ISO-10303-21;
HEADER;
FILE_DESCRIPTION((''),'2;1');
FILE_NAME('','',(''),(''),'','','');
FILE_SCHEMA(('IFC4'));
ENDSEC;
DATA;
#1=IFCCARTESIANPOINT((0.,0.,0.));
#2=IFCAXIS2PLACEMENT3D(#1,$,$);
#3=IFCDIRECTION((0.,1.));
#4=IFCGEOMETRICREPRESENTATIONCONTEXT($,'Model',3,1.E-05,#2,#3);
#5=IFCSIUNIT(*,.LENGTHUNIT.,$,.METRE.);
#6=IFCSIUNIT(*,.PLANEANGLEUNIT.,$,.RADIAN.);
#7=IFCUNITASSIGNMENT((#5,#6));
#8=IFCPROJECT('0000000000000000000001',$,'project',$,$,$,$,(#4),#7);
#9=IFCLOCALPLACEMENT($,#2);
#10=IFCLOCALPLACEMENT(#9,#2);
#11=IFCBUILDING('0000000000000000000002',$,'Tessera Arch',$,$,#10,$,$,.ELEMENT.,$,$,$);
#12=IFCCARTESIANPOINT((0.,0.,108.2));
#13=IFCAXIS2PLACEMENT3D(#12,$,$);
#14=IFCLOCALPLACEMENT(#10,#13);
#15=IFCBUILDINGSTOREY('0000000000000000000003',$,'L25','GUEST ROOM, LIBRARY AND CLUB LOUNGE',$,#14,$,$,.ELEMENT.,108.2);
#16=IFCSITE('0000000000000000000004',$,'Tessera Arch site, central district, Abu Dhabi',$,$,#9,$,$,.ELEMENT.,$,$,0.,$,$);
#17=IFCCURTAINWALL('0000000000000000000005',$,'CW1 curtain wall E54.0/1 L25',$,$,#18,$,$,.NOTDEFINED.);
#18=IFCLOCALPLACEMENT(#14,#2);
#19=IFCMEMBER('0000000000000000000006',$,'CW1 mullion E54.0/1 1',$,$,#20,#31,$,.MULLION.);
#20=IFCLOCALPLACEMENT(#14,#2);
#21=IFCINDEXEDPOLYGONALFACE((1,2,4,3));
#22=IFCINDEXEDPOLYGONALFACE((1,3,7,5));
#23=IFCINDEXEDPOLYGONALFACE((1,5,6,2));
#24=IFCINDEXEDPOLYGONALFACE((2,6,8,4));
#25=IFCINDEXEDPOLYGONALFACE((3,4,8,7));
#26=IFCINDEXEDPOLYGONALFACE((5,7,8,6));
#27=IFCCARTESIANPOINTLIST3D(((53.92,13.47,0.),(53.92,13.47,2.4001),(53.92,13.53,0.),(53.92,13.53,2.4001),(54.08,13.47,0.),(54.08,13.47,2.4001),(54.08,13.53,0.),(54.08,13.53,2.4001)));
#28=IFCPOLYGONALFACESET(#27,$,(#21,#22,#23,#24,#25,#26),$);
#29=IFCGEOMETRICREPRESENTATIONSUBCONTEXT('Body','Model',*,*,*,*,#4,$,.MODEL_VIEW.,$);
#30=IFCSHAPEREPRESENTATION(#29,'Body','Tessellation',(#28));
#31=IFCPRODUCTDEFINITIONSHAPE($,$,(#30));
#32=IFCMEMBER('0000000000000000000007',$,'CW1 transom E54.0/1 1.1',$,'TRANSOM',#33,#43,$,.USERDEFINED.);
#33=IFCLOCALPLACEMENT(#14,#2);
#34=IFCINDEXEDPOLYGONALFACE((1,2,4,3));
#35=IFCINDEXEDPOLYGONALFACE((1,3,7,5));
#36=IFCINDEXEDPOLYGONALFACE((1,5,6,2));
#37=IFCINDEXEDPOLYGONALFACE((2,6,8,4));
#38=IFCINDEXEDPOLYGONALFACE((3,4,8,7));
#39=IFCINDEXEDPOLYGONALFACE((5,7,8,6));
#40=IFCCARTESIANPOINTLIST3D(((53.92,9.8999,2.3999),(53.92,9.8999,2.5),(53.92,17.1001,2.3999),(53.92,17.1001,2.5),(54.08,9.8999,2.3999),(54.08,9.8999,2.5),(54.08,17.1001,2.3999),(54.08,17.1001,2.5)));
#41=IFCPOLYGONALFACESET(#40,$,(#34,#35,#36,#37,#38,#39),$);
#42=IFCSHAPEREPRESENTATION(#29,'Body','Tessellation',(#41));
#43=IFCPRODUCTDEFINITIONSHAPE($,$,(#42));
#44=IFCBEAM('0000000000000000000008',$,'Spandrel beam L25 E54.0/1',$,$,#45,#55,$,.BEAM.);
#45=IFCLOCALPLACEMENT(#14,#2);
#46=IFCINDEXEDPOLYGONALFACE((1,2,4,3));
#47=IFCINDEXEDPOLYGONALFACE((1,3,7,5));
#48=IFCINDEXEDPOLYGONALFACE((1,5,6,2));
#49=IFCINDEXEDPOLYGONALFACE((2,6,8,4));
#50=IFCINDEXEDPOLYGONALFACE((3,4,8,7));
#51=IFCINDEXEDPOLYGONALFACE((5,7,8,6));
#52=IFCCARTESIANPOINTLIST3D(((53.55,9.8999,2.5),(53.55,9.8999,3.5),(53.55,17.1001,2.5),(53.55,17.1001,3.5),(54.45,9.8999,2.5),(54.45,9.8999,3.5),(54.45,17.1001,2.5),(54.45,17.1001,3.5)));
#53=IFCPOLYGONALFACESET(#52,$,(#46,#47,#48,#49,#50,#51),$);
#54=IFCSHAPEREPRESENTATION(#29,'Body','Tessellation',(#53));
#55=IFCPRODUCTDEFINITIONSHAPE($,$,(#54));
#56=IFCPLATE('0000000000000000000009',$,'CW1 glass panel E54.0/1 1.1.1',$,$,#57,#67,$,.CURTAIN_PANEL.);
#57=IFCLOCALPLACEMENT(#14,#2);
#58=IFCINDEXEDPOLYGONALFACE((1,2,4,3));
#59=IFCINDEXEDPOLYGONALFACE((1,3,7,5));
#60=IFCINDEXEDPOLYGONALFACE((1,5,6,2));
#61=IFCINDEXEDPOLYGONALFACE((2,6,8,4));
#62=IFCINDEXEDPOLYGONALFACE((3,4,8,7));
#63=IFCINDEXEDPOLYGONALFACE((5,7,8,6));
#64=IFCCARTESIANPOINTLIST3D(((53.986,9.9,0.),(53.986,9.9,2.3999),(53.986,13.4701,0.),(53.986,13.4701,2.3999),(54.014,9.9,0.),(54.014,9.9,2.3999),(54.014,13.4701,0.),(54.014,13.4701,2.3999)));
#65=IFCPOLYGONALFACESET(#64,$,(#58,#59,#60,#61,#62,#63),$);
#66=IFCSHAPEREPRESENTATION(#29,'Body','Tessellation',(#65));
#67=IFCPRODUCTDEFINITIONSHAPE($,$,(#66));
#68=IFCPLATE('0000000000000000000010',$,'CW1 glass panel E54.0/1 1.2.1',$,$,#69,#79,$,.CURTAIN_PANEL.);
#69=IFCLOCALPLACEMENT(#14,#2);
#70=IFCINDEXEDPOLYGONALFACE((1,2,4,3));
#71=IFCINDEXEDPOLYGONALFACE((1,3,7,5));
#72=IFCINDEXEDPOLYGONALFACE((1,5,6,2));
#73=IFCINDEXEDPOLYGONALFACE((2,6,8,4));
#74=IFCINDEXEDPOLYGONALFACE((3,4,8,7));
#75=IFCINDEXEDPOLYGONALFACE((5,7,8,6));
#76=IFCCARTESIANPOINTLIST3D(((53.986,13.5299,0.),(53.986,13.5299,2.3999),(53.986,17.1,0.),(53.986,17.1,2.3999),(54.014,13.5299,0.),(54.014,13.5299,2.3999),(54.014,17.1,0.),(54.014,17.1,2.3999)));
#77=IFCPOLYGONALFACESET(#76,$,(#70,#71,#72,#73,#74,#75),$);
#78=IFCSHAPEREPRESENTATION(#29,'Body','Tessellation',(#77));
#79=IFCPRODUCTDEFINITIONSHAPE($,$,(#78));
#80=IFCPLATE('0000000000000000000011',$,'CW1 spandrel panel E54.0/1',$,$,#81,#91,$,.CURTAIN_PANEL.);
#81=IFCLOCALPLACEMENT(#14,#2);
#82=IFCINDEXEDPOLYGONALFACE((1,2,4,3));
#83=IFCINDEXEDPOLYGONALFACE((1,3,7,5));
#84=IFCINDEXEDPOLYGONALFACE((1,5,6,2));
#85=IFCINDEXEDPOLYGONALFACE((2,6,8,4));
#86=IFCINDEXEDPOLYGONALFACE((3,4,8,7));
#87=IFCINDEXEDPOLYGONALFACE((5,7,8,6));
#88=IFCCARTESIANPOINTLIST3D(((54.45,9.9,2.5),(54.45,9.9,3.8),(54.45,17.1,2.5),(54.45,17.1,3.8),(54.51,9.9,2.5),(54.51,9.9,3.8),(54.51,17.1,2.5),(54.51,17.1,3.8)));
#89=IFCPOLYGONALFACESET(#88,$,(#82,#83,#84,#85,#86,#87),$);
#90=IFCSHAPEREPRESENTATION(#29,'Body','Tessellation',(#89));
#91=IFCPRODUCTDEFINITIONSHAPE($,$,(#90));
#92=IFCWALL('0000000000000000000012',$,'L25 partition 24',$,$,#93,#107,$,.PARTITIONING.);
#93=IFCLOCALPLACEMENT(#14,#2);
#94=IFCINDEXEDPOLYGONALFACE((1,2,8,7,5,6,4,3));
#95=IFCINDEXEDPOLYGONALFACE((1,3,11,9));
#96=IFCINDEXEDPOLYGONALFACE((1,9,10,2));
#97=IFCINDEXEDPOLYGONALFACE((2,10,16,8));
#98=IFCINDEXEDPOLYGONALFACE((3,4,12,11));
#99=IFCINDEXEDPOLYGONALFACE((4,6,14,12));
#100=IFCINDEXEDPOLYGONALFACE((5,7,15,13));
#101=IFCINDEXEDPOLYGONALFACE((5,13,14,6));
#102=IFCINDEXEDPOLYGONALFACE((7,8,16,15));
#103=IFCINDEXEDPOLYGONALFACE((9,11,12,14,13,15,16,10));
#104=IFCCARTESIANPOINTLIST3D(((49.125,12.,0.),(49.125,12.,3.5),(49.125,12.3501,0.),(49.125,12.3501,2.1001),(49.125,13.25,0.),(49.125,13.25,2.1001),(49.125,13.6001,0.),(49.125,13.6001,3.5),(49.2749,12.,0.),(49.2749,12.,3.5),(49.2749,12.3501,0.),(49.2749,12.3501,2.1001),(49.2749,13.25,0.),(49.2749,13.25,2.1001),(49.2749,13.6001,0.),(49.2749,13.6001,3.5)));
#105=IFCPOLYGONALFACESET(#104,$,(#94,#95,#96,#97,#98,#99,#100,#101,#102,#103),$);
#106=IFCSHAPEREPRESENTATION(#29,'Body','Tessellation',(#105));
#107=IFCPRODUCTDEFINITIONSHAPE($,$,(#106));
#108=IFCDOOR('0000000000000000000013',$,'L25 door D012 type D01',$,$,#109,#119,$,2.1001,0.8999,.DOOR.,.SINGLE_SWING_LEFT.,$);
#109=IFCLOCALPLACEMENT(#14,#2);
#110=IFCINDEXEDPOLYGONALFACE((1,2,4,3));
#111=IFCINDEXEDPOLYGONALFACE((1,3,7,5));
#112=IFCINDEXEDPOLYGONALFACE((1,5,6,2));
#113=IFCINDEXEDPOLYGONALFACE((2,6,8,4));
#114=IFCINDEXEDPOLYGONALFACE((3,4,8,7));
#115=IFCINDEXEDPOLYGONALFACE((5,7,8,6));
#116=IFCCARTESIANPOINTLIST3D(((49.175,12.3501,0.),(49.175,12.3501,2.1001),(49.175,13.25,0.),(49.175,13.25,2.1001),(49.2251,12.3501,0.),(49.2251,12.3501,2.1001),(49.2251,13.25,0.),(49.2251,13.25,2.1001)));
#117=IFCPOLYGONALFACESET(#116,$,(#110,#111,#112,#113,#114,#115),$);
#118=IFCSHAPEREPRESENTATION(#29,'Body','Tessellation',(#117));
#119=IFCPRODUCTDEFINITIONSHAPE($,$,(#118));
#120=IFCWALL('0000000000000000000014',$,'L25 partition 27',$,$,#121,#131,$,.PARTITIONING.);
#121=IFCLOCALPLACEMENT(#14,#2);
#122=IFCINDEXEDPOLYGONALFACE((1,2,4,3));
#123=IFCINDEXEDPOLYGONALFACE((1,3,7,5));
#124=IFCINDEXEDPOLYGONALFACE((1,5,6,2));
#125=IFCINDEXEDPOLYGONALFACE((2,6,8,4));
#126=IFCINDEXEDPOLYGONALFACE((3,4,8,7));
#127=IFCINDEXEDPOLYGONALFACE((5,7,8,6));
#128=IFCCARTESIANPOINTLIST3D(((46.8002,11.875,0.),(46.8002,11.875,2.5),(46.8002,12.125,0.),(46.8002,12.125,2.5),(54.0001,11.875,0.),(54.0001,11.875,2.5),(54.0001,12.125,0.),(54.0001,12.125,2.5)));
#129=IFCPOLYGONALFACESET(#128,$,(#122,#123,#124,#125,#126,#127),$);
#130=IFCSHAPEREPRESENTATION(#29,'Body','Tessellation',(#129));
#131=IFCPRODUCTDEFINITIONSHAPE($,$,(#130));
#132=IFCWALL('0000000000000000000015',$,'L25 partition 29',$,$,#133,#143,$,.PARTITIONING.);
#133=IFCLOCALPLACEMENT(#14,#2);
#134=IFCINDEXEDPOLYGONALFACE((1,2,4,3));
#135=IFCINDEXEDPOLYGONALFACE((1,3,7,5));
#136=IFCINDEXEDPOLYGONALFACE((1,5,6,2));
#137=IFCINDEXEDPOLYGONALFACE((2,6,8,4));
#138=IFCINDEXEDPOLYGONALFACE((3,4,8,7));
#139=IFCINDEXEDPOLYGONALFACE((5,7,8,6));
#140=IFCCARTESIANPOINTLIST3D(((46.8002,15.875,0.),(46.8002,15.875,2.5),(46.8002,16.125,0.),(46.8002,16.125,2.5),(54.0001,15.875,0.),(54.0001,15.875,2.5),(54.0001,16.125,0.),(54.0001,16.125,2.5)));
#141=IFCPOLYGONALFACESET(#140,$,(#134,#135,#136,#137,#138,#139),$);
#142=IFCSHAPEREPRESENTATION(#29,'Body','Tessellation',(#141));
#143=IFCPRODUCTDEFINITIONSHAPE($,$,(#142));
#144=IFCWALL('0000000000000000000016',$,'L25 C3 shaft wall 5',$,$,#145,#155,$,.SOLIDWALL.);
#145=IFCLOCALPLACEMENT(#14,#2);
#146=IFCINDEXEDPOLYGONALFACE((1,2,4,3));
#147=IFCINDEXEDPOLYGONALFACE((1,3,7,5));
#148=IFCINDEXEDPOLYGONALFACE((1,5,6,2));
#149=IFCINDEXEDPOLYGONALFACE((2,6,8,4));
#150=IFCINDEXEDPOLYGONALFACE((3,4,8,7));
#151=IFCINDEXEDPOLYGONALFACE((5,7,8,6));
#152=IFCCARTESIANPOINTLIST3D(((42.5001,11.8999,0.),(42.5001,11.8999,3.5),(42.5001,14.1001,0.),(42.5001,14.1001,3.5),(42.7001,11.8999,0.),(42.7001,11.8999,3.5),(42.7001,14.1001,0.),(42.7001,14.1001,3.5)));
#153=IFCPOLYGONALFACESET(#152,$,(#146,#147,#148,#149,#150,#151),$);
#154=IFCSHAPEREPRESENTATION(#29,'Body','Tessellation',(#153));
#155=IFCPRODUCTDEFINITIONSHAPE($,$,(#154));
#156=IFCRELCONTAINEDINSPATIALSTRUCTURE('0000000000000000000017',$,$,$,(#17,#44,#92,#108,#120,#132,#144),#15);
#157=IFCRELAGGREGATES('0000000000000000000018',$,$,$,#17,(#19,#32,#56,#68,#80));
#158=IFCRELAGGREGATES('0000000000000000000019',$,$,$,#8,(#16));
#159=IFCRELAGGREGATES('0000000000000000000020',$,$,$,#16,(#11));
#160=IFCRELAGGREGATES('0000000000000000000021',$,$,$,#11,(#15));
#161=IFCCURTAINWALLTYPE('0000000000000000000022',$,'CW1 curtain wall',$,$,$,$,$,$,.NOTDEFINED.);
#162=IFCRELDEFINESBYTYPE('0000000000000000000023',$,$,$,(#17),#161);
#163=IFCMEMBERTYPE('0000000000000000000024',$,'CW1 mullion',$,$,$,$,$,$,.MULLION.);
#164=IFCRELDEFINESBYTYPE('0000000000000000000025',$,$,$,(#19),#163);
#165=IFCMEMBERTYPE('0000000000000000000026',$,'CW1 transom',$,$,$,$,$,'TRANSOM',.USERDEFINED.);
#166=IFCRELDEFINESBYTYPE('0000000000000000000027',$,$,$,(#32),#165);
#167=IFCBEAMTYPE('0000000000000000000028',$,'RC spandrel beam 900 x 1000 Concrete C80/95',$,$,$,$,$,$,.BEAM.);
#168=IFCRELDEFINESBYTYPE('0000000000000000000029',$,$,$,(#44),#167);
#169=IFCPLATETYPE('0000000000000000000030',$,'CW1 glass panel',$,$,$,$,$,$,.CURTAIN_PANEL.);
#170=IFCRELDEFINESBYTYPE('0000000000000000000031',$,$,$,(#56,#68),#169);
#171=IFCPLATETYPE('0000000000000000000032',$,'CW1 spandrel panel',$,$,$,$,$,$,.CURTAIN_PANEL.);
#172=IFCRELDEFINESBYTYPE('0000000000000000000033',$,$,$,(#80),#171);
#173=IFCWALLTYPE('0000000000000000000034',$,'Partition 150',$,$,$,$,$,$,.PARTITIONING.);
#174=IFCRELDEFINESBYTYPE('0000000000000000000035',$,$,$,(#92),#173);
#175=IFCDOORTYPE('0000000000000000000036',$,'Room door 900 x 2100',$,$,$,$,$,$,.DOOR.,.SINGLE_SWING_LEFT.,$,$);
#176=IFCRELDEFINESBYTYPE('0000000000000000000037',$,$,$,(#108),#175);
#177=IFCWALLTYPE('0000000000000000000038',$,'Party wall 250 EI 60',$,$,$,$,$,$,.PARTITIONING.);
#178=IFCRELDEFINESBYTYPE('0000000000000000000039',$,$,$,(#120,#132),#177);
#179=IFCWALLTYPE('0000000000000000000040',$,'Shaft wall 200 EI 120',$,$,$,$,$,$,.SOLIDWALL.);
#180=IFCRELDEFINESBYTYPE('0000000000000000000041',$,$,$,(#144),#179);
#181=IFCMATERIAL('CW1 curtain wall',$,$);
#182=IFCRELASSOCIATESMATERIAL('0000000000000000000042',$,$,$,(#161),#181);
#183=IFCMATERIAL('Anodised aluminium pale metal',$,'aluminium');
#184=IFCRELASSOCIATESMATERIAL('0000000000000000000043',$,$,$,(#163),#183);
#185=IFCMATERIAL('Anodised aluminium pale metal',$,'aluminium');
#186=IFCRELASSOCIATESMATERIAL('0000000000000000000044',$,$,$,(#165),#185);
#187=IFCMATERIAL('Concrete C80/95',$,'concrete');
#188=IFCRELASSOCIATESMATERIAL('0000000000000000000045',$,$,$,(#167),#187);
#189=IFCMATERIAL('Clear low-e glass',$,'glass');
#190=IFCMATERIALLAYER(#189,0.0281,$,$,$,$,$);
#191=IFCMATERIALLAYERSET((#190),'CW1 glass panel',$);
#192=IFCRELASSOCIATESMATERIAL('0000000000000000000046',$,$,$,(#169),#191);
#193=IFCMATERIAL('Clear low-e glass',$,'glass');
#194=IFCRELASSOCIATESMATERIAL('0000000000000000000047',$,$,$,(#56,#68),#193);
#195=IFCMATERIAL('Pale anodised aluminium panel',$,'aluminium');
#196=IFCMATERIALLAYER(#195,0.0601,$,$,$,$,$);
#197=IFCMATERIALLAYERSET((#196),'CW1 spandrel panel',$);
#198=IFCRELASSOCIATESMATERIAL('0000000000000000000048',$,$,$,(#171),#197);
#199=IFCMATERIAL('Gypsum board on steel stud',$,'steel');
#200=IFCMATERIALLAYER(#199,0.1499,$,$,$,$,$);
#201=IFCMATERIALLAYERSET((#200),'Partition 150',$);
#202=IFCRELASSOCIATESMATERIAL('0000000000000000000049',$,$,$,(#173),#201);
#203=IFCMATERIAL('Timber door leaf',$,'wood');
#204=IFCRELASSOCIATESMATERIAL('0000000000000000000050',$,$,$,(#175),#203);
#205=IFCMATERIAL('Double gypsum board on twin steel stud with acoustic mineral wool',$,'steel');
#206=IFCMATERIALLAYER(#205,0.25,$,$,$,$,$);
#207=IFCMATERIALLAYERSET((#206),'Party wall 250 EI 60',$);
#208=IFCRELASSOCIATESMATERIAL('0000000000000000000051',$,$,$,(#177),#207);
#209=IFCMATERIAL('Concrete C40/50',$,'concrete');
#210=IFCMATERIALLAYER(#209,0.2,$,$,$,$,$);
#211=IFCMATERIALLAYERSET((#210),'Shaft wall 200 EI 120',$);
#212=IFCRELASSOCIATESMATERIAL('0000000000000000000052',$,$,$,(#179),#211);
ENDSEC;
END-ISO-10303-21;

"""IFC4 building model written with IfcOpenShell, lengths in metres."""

from ifc_helpers import new_model, si_unit, direction, frame, frame_2d, origin, origin_2d, place, context, subcontext, project, spatial, rectangle, extrude, material, layer, layer_set, material_profile, profile_set, type_object, element, fill, aggregate, save


model = new_model("IFC4")

# Units and contexts
model_context = context("Model", 3, precision=1e-05, world=origin(), true_north=direction((0.0, 1.0)))
body_context = subcontext(model_context, "Body", "Model", "MODEL_VIEW")
ifc_project = project(units=[si_unit("LENGTHUNIT", "METRE"), si_unit("PLANEANGLEUNIT", "RADIAN")], contexts=[model_context])

# Site, building, storey
site_placement = place(None, origin())
site = spatial("IfcSite", under=ifc_project, at=site_placement, Name="Tessera Arch site, central district, Abu Dhabi", CompositionType="ELEMENT", RefElevation=0.0)
building_placement = place(site_placement, origin())
building = spatial("IfcBuilding", under=site, at=building_placement, Name="Tessera Arch", CompositionType="ELEMENT")
storey_placement = place(building_placement, frame((0.0, 0.0, 108.2)))
storey = spatial("IfcBuildingStorey", under=building, at=storey_placement, Name="L25", Description="GUEST ROOM, LIBRARY AND CLUB LOUNGE", CompositionType="ELEMENT", Elevation=108.2)

# Curtain wall, members
ifc_material_1 = material(Name="CW1 curtain wall")
curtain_wall_type = type_object("IfcCurtainWallType", Name="CW1 curtain wall", PredefinedType="NOTDEFINED", material=ifc_material_1)
curtain_wall_placement = place(storey_placement, origin())
curtain_wall = element("IfcCurtainWall", 1, at=curtain_wall_placement, inside=storey, type_object=curtain_wall_type, Name="CW1 curtain wall E54.0/1 L25", PredefinedType="NOTDEFINED")
ifc_material_2 = material(Name="Anodised aluminium pale metal", Category="aluminium")
ifc_material_profile_1 = material_profile(ifc_material_2, rectangle(XDim=0.1599, YDim=0.0601, at=origin_2d()), Name="AL 60x160")
ifc_profile_set_1 = profile_set([ifc_material_profile_1], Name="Anodised aluminium pale metal")
member_type_1 = type_object("IfcMemberType", Name="CW1 mullion", PredefinedType="MULLION", material=ifc_profile_set_1)
member_1_placement = place(storey_placement, frame((54.0, 13.5, 0.0), z_axis=(0.0, 0.0, 1.0), x_axis=(-1.0, 0.0, 0.0)))
member_1 = element("IfcMember", 2, at=member_1_placement, type_object=member_type_1, Name="CW1 mullion E54.0/1 1", PredefinedType="MULLION", context=body_context, shape_type="SweptSolid", body=[
    extrude(rectangle(XDim=0.1599, YDim=0.0601, at=origin_2d()), origin(), (0.0, 0.0, 1.0), 2.4001),
])
ifc_material_3 = material(Name="Anodised aluminium pale metal", Category="aluminium")
ifc_material_profile_2 = material_profile(ifc_material_3, rectangle(XDim=0.1599, YDim=0.1001, at=origin_2d()), Name="AL 160x100")
ifc_profile_set_2 = profile_set([ifc_material_profile_2], Name="Anodised aluminium pale metal")
member_type_2 = type_object("IfcMemberType", Name="CW1 transom", ElementType="TRANSOM", PredefinedType="USERDEFINED", material=ifc_profile_set_2)
member_2_placement = place(storey_placement, frame((54.0, 9.8999, 2.45), z_axis=(0.0, 1.0, 0.0), x_axis=(-1.0, 0.0, 0.0)))
member_2 = element("IfcMember", 3, at=member_2_placement, type_object=member_type_2, Name="CW1 transom E54.0/1 1.1", ObjectType="TRANSOM", PredefinedType="USERDEFINED", context=body_context, shape_type="SweptSolid", body=[
    extrude(rectangle(XDim=0.1599, YDim=0.1001, at=origin_2d()), origin(), (0.0, 0.0, 1.0), 7.2002),
])

# Beam
ifc_material_4 = material(Name="Concrete C80/95", Category="concrete")
ifc_material_profile_3 = material_profile(ifc_material_4, rectangle(XDim=0.8999, YDim=1.0, at=origin_2d()), Name="RC spandrel beam 900 x 1000 Concrete C80/95")
ifc_profile_set_3 = profile_set([ifc_material_profile_3], Name="Concrete C80/95")
beam_type = type_object("IfcBeamType", Name="RC spandrel beam 900 x 1000 Concrete C80/95", PredefinedType="BEAM", material=ifc_profile_set_3)
beam_placement = place(storey_placement, frame((54.0, 9.8999, 3.0), z_axis=(0.0, 1.0, 0.0), x_axis=(-1.0, 0.0, 0.0)))
element("IfcBeam", 4, at=beam_placement, inside=storey, type_object=beam_type, Name="Spandrel beam L25 E54.0/1", PredefinedType="BEAM", context=body_context, shape_type="SweptSolid", body=[
    extrude(rectangle(XDim=0.8999, YDim=1.0, at=origin_2d()), origin(), (0.0, 0.0, 1.0), 7.2002),
])

# Plates
ifc_material_5 = material(Name="Clear low-e glass", Category="glass")
ifc_material_6 = material(Name="Clear low-e glass", Category="glass")
ifc_layer_1 = layer(ifc_material_6, 0.0281)
ifc_layer_set_1 = layer_set([ifc_layer_1], Name="CW1 glass panel")
plate_type_1 = type_object("IfcPlateType", Name="CW1 glass panel", PredefinedType="CURTAIN_PANEL", material=ifc_layer_set_1)
plate_1_placement = place(storey_placement, frame((54.0, 11.6851, 0.0), z_axis=(0.0, 0.0, 1.0), x_axis=(0.0, 1.0, 0.0)))
plate_1 = element("IfcPlate", 5, at=plate_1_placement, type_object=plate_type_1, material=ifc_material_5, Name="CW1 glass panel E54.0/1 1.1.1", PredefinedType="CURTAIN_PANEL", context=body_context, shape_type="SweptSolid", body=[
    extrude(rectangle(XDim=3.5701, YDim=0.0281, at=origin_2d()), origin(), (0.0, 0.0, 1.0), 2.3999),
])
plate_2_placement = place(storey_placement, frame((54.0, 15.3149, 0.0), z_axis=(0.0, 0.0, 1.0), x_axis=(0.0, 1.0, 0.0)))
plate_2 = element("IfcPlate", 6, at=plate_2_placement, type_object=plate_type_1, material=ifc_material_5, Name="CW1 glass panel E54.0/1 1.2.1", PredefinedType="CURTAIN_PANEL", context=body_context, shape_type="SweptSolid", body=[
    extrude(rectangle(XDim=3.5701, YDim=0.0281, at=origin_2d()), origin(), (0.0, 0.0, 1.0), 2.3999),
])
ifc_material_7 = material(Name="Pale anodised aluminium panel", Category="aluminium")
ifc_layer_2 = layer(ifc_material_7, 0.0601)
ifc_layer_set_2 = layer_set([ifc_layer_2], Name="CW1 spandrel panel")
plate_type_2 = type_object("IfcPlateType", Name="CW1 spandrel panel", PredefinedType="CURTAIN_PANEL", material=ifc_layer_set_2)
plate_3_placement = place(storey_placement, frame((54.48, 13.5, 2.5), z_axis=(0.0, 0.0, 1.0), x_axis=(0.0, 1.0, 0.0)))
plate_3 = element("IfcPlate", 7, at=plate_3_placement, type_object=plate_type_2, Name="CW1 spandrel panel E54.0/1", PredefinedType="CURTAIN_PANEL", context=body_context, shape_type="SweptSolid", body=[
    extrude(rectangle(XDim=7.2, YDim=0.0601, at=origin_2d()), origin(), (0.0, 0.0, 1.0), 1.3),
])
aggregate(curtain_wall, [member_1, member_2, plate_1, plate_2, plate_3])

# Wall, opening, door
ifc_material_8 = material(Name="Gypsum board on steel stud", Category="steel")
ifc_layer_3 = layer(ifc_material_8, 0.1499)
ifc_layer_set_3 = layer_set([ifc_layer_3], Name="Partition 150")
wall_type_1 = type_object("IfcWallType", Name="Partition 150", PredefinedType="PARTITIONING", material=ifc_layer_set_3)
wall_1_placement = place(storey_placement, frame((49.2, 12.0, 0.0), z_axis=(0.0, 0.0, 1.0), x_axis=(0.0, 1.0, 0.0)))
wall_1 = element("IfcWall", 8, at=wall_1_placement, inside=storey, type_object=wall_type_1, Name="L25 partition 24", PredefinedType="PARTITIONING", context=body_context, shape_type="SweptSolid", body=[
    extrude(rectangle(XDim=1.6001, YDim=0.1499, at=frame_2d((0.8, 0.0))), origin(), (0.0, 0.0, 1.0), 3.5),
])
opening_1_placement = place(wall_1_placement, frame((0.3501, 0.0, 0.0)))
opening_1 = element("IfcOpeningElement", 9, at=opening_1_placement, cuts=wall_1, PredefinedType="OPENING", context=body_context, shape_type="SweptSolid", body=[
    extrude(rectangle(XDim=0.8999, YDim=2.1001, at=frame_2d((0.45, 1.05))), frame((0.0, 0.085, 0.0), z_axis=(0.0, -1.0, 0.0), x_axis=(1.0, 0.0, 0.0)), (0.0, 0.0, 1.0), 0.1699),
])
ifc_material_9 = material(Name="Timber door leaf", Category="wood")
door_type_1 = type_object("IfcDoorType", Name="Room door 900 x 2100", OperationType="SINGLE_SWING_LEFT", PredefinedType="DOOR", material=ifc_material_9)
door_1_placement = place(opening_1_placement, origin())
door_1 = element("IfcDoor", 10, at=door_1_placement, inside=storey, type_object=door_type_1, Name="L25 door D012 type D01", OperationType="SINGLE_SWING_LEFT", OverallHeight=2.1001, OverallWidth=0.8999, PredefinedType="DOOR", context=body_context, shape_type="SweptSolid", body=[
    extrude(rectangle(XDim=0.8999, YDim=2.1001, at=frame_2d((0.45, 1.05))), frame((0.0, 0.0249, 0.0), z_axis=(0.0, -1.0, 0.0), x_axis=(1.0, 0.0, 0.0)), (0.0, 0.0, 1.0), 0.05),
])
fill(opening_1, door_1)

# Walls
ifc_material_10 = material(Name="Double gypsum board on twin steel stud with acoustic mineral wool", Category="steel")
ifc_layer_4 = layer(ifc_material_10, 0.25)
ifc_layer_set_4 = layer_set([ifc_layer_4], Name="Party wall 250 EI 60")
wall_type_2 = type_object("IfcWallType", Name="Party wall 250 EI 60", PredefinedType="PARTITIONING", material=ifc_layer_set_4)
for number, where, z_axis, x_axis, name in (
    (11, (46.8, 12.0, 0.0), (0.0, 0.0, 1.0), (1.0, 0.0, 0.0), "L25 partition 27"),
    (12, (46.8, 16.0, 0.0), (0.0, 0.0, 1.0), (1.0, 0.0, 0.0), "L25 partition 29"),
):
    element("IfcWall", number, at=place(storey_placement, frame(where, z_axis=z_axis, x_axis=x_axis)), inside=storey, type_object=wall_type_2, Name=name, PredefinedType="PARTITIONING", context=body_context, shape_type="SweptSolid", body=[
        extrude(rectangle(XDim=7.2, YDim=0.25, at=frame_2d((3.6001, 0.0))), origin(), (0.0, 0.0, 1.0), 2.5),
    ])
ifc_material_11 = material(Name="Concrete C40/50", Category="concrete")
ifc_layer_5 = layer(ifc_material_11, 0.2)
ifc_layer_set_5 = layer_set([ifc_layer_5], Name="Shaft wall 200 EI 120")
wall_type_3 = type_object("IfcWallType", Name="Shaft wall 200 EI 120", PredefinedType="SOLIDWALL", material=ifc_layer_set_5)
wall_2_placement = place(storey_placement, frame((42.6001, 11.8999, 0.0), z_axis=(0.0, 0.0, 1.0), x_axis=(0.0, 1.0, 0.0)))
element("IfcWall", 13, at=wall_2_placement, inside=storey, type_object=wall_type_3, Name="L25 C3 shaft wall 5", PredefinedType="SOLIDWALL", context=body_context, shape_type="SweptSolid", body=[
    extrude(rectangle(XDim=2.2002, YDim=0.2, at=frame_2d((1.1001, 0.0))), origin(), (0.0, 0.0, 1.0), 3.5),
])

save(model, "model.ifc")
